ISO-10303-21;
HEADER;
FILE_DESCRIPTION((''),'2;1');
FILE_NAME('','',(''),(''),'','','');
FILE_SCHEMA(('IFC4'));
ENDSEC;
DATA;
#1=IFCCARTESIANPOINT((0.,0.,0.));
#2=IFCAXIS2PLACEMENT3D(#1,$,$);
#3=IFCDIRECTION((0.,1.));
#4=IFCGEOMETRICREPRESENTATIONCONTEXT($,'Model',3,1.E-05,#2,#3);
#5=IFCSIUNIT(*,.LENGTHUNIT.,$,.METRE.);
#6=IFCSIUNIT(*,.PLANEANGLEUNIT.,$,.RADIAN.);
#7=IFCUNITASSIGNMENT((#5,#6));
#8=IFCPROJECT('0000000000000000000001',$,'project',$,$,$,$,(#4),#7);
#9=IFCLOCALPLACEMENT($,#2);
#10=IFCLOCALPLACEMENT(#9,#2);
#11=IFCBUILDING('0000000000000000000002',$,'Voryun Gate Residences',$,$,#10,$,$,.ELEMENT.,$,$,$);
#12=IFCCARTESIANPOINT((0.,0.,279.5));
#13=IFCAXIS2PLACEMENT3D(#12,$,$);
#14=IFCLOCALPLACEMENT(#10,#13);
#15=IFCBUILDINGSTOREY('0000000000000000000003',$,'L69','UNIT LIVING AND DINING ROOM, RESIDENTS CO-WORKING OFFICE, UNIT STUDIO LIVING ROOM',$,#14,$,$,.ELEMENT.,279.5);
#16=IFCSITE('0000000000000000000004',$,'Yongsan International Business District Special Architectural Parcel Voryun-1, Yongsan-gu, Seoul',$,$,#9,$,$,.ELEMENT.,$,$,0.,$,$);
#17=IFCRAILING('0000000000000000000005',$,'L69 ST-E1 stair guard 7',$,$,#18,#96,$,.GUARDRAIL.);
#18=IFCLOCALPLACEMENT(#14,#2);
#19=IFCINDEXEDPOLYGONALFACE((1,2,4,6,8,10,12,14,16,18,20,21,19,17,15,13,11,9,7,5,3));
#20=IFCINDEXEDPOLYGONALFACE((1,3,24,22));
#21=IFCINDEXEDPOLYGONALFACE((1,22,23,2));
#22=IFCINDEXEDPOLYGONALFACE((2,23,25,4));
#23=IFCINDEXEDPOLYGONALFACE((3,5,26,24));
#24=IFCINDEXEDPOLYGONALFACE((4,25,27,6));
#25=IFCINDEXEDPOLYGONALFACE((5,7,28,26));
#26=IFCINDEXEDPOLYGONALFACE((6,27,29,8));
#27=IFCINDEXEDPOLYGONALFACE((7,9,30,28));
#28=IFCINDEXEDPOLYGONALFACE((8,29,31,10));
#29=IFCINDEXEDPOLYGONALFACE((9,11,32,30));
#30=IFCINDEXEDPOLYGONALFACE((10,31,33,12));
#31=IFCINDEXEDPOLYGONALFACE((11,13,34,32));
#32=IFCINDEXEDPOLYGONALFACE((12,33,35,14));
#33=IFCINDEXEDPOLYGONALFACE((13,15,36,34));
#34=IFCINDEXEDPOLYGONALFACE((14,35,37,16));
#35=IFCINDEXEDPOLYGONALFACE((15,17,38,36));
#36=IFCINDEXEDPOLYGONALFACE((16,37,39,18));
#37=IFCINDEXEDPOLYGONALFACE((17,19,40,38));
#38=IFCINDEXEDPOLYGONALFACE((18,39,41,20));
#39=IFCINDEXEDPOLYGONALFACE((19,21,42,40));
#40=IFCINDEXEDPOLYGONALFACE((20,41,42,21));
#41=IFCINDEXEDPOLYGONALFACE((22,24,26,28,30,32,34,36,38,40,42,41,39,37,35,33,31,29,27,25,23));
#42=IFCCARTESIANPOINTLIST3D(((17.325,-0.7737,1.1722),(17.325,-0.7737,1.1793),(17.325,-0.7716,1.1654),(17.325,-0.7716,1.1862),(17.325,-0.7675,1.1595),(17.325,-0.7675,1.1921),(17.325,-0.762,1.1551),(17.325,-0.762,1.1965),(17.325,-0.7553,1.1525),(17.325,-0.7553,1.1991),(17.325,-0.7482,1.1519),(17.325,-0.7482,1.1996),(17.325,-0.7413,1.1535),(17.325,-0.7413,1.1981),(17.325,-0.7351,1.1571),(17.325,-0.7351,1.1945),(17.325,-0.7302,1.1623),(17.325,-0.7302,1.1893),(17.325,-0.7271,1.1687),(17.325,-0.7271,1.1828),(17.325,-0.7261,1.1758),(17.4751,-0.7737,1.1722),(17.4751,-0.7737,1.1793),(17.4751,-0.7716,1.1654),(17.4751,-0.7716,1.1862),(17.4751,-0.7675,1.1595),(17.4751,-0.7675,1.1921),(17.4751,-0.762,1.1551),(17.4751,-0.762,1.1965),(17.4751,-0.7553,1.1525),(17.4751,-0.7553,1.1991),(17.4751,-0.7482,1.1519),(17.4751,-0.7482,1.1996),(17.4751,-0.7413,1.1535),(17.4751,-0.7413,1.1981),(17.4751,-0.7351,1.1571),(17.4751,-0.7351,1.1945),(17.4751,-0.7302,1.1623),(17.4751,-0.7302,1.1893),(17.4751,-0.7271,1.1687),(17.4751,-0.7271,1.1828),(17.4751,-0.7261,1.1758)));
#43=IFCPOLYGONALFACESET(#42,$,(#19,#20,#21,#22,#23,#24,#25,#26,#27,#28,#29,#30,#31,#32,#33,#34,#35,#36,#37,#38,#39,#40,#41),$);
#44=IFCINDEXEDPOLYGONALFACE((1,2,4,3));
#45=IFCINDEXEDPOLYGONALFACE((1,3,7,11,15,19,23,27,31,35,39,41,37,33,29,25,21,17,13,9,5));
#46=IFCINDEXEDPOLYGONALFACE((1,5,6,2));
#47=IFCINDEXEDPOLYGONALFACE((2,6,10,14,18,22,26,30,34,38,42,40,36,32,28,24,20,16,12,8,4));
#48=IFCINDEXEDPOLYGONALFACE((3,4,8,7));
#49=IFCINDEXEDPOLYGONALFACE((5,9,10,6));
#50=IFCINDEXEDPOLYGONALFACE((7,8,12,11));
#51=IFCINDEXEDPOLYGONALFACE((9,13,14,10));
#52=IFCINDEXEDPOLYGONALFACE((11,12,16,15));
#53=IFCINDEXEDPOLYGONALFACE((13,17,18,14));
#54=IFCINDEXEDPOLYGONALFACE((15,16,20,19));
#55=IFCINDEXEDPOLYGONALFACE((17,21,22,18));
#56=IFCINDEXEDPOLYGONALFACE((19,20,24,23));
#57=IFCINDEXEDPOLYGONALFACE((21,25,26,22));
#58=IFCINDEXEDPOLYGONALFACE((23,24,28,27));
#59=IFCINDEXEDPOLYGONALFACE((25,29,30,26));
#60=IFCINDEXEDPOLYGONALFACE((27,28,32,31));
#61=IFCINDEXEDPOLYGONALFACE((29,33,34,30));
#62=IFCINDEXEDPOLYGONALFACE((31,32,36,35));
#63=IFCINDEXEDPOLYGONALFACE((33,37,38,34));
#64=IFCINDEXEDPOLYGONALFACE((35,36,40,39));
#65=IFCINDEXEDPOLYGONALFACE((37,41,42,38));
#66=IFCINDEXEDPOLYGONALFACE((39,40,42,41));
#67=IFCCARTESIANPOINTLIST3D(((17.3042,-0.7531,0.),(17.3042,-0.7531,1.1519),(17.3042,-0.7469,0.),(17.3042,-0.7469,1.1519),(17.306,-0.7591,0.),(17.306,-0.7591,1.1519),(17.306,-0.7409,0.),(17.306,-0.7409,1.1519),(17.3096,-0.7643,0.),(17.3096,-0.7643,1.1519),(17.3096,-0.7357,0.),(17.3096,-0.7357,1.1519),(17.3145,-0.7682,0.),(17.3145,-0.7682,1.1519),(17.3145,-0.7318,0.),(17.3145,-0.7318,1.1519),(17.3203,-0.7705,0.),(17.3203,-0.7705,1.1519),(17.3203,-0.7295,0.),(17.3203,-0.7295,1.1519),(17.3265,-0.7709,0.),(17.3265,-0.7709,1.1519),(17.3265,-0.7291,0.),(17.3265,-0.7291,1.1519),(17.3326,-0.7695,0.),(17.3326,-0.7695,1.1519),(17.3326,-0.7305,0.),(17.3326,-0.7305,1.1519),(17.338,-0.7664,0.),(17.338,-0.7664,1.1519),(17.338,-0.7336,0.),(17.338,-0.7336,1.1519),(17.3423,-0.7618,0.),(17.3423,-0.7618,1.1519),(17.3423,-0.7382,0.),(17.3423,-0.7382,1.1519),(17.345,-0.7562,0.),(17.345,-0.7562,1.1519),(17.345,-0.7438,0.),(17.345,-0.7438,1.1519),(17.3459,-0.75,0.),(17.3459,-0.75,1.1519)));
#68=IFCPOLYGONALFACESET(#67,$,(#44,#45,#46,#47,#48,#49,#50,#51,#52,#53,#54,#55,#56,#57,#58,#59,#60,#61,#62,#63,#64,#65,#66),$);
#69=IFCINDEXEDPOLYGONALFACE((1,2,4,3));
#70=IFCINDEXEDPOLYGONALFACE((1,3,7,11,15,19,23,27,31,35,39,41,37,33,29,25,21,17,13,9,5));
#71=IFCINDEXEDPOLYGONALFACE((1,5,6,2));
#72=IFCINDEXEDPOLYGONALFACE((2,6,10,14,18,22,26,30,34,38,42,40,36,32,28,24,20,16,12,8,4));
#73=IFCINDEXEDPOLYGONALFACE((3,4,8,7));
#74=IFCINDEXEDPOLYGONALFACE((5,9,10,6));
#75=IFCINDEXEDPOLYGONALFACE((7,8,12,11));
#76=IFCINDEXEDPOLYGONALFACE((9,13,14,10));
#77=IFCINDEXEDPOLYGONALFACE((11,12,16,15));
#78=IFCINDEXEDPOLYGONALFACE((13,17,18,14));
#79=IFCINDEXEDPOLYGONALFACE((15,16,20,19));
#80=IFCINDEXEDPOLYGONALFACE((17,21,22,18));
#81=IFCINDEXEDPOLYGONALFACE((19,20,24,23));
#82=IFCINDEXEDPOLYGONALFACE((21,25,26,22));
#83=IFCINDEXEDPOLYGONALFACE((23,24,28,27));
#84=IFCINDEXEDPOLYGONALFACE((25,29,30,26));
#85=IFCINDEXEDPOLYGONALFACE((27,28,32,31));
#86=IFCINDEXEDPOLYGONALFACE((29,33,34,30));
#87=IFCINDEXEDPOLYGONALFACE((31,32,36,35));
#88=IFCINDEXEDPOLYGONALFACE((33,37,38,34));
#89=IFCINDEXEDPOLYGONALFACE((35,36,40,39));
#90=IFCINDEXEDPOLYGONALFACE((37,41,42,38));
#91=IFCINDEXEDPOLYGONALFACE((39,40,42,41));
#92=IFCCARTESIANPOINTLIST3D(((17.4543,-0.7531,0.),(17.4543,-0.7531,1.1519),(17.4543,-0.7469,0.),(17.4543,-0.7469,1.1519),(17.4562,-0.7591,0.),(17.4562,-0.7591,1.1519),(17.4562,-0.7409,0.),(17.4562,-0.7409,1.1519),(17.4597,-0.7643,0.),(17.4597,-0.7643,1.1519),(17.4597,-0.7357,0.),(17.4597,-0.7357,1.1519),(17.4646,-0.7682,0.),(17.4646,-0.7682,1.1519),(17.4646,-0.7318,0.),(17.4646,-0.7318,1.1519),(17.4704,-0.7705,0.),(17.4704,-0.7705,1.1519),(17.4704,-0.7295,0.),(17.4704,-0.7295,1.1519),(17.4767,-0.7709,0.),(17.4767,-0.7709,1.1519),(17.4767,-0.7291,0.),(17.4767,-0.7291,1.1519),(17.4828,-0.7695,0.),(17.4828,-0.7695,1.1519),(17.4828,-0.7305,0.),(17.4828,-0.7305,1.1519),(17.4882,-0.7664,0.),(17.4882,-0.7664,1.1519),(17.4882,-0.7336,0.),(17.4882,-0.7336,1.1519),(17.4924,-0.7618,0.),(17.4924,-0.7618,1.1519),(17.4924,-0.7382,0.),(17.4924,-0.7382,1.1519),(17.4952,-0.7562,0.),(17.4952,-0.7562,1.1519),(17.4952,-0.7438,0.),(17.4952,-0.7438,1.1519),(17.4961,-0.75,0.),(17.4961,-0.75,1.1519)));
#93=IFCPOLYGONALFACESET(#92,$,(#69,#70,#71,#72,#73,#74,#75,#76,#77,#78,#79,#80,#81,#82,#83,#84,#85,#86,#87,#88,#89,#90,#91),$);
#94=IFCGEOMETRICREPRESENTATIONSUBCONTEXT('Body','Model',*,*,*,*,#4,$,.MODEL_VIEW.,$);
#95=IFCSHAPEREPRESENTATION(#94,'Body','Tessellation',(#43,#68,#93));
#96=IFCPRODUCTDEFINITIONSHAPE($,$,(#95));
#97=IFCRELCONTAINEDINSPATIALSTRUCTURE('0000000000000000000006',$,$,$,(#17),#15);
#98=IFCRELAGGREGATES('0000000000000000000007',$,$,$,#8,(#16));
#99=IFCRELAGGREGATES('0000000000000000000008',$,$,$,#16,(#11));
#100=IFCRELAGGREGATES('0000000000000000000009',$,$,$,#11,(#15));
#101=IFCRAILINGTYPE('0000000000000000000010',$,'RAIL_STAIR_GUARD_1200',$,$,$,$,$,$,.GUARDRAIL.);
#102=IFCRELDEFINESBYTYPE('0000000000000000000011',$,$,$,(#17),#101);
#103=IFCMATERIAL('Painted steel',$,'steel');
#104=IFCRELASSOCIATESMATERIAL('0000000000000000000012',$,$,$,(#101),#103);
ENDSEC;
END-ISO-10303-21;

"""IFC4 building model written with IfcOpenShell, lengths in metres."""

from ifc_helpers import new_model, si_unit, direction, frame, origin, origin_2d, place, context, subcontext, project, spatial, circle, extrude, material, type_object, element, save


model = new_model("IFC4")

# Units and contexts
model_context = context("Model", 3, precision=1e-05, world=origin(), true_north=direction((0.0, 1.0)))
body_context = subcontext(model_context, "Body", "Model", "MODEL_VIEW")
ifc_project = project(units=[si_unit("LENGTHUNIT", "METRE"), si_unit("PLANEANGLEUNIT", "RADIAN")], contexts=[model_context])

# Site, building, storey
site_placement = place(None, origin())
site = spatial("IfcSite", under=ifc_project, at=site_placement, Name="Yongsan International Business District Special Architectural Parcel Voryun-1, Yongsan-gu, Seoul", CompositionType="ELEMENT", RefElevation=0.0)
building_placement = place(site_placement, origin())
building = spatial("IfcBuilding", under=site, at=building_placement, Name="Voryun Gate Residences", CompositionType="ELEMENT")
storey_placement = place(building_placement, frame((0.0, 0.0, 279.5)))
storey = spatial("IfcBuildingStorey", under=building, at=storey_placement, Name="L69", Description="UNIT LIVING AND DINING ROOM, RESIDENTS CO-WORKING OFFICE, UNIT STUDIO LIVING ROOM", CompositionType="ELEMENT", Elevation=279.5)

# Railing
ifc_material_1 = material(Name="Painted steel", Category="steel")
railing_type_1 = type_object("IfcRailingType", Name="RAIL_STAIR_GUARD_1200", PredefinedType="GUARDRAIL", material=ifc_material_1)
railing_1_placement = place(storey_placement, frame((17.325, -0.75, 0.0)))
element("IfcRailing", 1, at=railing_1_placement, inside=storey, type_object=railing_type_1, Name="L69 ST-E1 stair guard 7", PredefinedType="GUARDRAIL", context=body_context, shape_type="SweptSolid", body=[
    extrude(circle(Radius=0.0239, at=origin_2d()), frame((0.0, 0.0, 1.1758), z_axis=(1.0, 0.0, 0.0), x_axis=(0.0, 1.0, 0.0)), (0.0, 0.0, 1.0), 0.1501),
    extrude(circle(Radius=0.021, at=origin_2d()), origin(), (0.0, 0.0, 1.0), 1.1519),
    extrude(circle(Radius=0.021, at=origin_2d()), frame((0.1501, 0.0, 0.0)), (0.0, 0.0, 1.0), 1.1519),
])

save(model, "model.ifc")
